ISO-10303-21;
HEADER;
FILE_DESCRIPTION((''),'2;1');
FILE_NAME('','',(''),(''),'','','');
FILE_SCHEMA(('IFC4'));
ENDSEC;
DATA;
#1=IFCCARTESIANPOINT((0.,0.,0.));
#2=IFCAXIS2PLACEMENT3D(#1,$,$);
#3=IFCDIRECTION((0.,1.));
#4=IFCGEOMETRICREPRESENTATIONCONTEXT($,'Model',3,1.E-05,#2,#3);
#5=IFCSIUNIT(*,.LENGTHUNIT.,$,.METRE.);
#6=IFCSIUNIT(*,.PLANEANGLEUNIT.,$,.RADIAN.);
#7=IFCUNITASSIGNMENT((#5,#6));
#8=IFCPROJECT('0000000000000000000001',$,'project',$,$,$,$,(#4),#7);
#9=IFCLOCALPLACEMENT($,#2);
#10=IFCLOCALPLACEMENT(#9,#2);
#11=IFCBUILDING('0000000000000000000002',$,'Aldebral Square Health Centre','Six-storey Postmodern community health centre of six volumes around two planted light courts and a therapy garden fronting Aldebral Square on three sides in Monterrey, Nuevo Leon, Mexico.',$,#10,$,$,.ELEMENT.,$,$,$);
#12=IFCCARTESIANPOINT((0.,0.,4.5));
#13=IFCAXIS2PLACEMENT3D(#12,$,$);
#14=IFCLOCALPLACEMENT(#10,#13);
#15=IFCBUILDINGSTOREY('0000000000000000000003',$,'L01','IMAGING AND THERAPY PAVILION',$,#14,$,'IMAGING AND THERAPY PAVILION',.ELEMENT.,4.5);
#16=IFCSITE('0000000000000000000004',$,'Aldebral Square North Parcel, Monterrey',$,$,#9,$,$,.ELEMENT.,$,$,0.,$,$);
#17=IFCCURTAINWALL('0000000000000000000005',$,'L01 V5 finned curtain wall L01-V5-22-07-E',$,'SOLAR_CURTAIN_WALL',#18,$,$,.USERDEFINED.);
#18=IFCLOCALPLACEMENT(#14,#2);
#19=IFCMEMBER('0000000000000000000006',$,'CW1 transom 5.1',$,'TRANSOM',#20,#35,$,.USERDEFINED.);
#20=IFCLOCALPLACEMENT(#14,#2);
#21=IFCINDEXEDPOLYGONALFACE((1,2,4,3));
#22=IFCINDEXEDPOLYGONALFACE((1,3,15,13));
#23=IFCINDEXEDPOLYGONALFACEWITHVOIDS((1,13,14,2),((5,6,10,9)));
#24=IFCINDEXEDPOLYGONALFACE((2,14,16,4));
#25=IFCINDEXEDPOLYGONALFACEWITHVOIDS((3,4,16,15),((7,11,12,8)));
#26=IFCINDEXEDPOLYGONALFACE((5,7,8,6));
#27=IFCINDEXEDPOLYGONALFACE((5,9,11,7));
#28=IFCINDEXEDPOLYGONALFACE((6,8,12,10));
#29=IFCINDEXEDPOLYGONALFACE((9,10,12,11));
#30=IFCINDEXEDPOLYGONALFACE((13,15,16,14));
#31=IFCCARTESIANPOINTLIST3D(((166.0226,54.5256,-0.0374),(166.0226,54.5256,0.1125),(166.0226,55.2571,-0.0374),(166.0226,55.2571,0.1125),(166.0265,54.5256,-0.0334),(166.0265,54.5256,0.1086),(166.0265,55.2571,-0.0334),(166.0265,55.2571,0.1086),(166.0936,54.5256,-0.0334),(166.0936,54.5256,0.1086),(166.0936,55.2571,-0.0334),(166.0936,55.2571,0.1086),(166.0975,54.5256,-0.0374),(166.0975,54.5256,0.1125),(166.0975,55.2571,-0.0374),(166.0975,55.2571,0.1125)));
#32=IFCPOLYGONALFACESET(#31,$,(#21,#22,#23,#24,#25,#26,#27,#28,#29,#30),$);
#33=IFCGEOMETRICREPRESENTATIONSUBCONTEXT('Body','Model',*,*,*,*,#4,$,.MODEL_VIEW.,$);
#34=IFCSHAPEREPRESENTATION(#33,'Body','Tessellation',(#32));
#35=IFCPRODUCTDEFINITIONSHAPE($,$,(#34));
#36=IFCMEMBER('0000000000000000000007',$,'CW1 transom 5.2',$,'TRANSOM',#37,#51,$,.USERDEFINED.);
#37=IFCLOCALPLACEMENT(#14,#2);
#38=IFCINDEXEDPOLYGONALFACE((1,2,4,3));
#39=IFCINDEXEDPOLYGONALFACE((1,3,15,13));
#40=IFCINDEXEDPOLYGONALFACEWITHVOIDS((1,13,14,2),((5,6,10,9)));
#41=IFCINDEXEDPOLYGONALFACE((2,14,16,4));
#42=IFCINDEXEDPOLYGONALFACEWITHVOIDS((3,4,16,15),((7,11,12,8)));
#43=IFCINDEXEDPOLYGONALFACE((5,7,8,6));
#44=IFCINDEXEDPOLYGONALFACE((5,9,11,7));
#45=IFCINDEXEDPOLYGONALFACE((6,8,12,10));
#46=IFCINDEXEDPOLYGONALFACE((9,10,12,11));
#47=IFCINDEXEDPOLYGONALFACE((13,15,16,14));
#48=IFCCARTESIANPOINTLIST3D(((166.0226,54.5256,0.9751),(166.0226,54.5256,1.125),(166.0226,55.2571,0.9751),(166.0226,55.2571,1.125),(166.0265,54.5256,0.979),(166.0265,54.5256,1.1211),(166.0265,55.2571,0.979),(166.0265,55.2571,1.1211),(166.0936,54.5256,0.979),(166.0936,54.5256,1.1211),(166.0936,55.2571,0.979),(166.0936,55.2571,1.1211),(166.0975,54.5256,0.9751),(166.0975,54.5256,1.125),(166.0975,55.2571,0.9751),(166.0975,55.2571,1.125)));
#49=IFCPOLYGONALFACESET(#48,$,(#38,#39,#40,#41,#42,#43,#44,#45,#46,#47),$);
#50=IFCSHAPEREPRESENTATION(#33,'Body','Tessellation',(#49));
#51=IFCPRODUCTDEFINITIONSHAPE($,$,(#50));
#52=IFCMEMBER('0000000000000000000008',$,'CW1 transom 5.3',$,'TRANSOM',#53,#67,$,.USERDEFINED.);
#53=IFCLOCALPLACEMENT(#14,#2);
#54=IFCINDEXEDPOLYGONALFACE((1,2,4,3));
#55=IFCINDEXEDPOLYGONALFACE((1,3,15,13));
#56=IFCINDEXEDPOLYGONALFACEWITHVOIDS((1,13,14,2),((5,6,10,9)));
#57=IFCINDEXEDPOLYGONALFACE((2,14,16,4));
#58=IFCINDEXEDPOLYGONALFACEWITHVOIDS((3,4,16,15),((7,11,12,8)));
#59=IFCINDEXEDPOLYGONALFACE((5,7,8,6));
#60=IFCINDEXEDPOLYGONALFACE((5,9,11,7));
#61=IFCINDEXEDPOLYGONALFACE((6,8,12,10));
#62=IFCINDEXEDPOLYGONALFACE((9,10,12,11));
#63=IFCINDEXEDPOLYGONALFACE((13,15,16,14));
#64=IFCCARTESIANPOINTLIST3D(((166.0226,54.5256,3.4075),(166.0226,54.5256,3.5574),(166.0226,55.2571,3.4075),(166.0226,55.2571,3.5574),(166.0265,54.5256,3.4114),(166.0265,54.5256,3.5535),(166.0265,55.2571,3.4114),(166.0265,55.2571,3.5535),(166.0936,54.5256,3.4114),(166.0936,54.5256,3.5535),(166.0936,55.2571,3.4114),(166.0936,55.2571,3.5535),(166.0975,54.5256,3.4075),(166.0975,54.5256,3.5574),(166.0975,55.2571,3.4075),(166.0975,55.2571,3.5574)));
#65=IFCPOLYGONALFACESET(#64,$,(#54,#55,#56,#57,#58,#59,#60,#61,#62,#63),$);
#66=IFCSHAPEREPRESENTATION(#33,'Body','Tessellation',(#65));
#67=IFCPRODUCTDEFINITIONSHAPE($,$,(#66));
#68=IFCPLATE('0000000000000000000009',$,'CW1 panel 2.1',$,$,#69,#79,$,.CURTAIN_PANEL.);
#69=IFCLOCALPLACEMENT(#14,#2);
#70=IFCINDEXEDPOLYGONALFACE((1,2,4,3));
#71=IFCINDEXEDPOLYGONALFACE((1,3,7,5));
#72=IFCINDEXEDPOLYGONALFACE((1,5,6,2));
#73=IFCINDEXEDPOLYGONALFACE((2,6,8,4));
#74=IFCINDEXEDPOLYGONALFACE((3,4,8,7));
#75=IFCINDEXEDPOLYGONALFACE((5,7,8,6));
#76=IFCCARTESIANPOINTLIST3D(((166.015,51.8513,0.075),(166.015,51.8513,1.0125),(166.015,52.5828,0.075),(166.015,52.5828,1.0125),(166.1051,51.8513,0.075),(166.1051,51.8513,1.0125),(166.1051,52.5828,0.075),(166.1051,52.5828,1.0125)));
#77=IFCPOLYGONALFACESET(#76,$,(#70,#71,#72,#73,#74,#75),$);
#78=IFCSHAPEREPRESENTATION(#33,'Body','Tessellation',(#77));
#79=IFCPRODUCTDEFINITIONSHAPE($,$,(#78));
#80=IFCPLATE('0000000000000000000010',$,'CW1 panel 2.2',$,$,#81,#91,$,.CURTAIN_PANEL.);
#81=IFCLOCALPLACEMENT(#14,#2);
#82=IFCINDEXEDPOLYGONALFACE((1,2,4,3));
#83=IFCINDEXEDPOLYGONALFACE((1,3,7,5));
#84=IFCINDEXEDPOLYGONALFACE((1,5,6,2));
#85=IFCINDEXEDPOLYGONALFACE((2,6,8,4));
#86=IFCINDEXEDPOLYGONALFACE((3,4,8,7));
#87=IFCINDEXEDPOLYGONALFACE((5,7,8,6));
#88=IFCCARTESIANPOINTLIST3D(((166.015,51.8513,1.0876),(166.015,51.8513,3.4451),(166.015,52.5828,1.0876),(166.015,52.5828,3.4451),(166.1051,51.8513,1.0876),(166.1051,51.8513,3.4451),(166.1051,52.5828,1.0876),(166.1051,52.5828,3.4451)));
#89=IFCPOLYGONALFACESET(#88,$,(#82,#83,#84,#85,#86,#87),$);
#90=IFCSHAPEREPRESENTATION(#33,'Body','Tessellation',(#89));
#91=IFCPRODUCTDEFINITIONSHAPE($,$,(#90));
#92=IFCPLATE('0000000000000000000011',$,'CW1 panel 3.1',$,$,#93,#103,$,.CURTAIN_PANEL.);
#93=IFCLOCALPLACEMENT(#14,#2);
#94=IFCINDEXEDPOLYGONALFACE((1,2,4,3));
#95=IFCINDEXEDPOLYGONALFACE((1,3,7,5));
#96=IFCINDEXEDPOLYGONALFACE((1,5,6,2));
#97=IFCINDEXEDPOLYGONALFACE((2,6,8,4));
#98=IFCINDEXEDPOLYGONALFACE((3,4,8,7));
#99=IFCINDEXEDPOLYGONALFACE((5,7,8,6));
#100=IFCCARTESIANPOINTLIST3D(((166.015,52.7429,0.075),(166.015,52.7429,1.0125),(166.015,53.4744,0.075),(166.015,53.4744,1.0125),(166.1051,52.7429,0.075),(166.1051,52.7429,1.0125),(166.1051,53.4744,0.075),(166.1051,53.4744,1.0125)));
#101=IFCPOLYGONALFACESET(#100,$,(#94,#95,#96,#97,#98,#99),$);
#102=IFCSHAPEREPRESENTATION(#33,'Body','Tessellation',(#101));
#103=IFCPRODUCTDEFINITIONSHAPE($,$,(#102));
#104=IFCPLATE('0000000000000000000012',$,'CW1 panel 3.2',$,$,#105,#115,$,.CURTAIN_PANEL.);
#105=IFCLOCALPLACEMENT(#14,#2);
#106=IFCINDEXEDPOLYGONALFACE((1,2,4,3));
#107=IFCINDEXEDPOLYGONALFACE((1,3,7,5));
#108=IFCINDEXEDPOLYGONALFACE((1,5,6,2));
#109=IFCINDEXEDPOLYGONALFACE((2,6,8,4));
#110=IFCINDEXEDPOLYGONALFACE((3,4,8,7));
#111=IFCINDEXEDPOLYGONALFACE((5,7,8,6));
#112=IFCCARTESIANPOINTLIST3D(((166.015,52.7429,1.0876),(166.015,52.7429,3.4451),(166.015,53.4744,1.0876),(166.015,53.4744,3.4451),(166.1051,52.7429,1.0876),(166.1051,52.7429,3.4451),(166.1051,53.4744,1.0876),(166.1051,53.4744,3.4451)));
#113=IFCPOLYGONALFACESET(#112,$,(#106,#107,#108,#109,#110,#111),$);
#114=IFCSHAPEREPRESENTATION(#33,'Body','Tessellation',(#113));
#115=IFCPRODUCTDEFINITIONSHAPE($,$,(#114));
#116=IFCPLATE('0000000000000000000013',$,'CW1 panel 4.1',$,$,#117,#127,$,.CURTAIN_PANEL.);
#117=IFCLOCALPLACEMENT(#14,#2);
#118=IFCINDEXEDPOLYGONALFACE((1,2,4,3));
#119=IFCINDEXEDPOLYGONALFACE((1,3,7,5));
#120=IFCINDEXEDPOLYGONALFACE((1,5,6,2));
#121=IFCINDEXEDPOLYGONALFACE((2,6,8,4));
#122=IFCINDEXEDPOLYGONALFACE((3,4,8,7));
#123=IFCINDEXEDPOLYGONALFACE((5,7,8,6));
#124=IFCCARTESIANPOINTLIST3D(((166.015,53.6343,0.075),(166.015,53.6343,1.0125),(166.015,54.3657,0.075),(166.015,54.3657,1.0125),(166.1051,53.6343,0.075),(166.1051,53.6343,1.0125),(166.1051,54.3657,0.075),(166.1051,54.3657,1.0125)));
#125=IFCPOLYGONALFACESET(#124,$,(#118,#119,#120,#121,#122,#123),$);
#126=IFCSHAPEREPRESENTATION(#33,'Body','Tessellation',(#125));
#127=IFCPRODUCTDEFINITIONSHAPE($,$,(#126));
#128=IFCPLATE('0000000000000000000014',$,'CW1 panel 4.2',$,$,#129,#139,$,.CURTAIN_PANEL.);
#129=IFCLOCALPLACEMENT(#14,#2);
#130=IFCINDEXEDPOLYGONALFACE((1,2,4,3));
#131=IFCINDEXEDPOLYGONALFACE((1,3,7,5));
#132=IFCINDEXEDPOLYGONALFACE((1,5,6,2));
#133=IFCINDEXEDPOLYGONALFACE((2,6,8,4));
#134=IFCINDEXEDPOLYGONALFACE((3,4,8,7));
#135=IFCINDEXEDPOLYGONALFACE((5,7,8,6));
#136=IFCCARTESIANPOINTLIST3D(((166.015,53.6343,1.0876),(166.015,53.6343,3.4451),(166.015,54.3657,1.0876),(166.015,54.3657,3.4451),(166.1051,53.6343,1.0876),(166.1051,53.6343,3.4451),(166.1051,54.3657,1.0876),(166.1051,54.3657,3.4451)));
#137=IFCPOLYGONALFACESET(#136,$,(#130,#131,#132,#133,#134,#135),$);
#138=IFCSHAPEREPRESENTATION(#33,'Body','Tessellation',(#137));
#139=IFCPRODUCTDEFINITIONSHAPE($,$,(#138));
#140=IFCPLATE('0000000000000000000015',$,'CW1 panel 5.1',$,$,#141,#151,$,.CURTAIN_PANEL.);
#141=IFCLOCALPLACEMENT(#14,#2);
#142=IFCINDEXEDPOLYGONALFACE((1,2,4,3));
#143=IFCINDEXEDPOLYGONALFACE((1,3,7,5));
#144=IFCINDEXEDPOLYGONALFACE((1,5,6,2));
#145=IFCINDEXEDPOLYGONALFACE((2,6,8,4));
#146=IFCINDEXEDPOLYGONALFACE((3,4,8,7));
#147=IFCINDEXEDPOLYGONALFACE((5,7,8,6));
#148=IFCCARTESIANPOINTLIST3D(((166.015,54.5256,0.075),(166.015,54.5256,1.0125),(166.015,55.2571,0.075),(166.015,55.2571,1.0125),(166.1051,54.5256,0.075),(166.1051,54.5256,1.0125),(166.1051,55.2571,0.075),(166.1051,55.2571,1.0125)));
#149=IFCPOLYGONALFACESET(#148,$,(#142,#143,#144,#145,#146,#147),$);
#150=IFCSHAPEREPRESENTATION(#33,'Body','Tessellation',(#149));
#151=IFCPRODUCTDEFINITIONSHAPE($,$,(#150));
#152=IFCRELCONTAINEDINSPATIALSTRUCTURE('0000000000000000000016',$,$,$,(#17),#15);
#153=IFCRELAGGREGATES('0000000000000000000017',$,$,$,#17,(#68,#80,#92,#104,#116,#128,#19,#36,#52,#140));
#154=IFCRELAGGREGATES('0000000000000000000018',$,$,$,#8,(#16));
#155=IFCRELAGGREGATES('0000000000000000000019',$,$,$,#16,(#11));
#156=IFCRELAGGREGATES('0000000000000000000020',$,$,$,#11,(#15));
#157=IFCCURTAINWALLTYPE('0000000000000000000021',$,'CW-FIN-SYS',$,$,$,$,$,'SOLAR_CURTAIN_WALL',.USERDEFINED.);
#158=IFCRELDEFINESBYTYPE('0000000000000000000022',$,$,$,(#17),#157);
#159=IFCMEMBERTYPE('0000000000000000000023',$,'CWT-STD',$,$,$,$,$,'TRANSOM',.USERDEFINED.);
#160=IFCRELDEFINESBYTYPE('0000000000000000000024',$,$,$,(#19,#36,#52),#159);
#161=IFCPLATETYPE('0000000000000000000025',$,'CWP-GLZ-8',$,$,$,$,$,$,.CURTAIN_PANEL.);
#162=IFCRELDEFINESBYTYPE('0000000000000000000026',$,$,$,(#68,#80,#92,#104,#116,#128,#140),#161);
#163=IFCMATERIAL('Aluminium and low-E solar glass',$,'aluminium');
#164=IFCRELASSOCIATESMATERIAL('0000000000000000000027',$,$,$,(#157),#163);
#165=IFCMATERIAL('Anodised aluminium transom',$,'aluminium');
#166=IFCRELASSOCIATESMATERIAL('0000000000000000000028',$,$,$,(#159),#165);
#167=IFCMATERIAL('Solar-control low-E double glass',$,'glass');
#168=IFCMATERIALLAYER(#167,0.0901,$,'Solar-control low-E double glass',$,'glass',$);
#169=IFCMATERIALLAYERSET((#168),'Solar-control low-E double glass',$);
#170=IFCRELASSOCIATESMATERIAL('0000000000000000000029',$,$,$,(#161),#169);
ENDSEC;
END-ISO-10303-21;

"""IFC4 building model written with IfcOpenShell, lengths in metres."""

from ifc_helpers import new_model, si_unit, direction, frame, origin, origin_2d, place, context, subcontext, project, spatial, rectangle, hollow_rectangle, extrude, material, layer, layer_set, material_profile, profile_set, type_object, element, aggregate, save


model = new_model("IFC4")

# Units and contexts
model_context = context("Model", 3, precision=1e-05, world=origin(), true_north=direction((0.0, 1.0)))
body_context = subcontext(model_context, "Body", "Model", "MODEL_VIEW")
ifc_project = project(units=[si_unit("LENGTHUNIT", "METRE"), si_unit("PLANEANGLEUNIT", "RADIAN")], contexts=[model_context])

# Site, building, storey
site_placement = place(None, origin())
site = spatial("IfcSite", under=ifc_project, at=site_placement, Name="Aldebral Square North Parcel, Monterrey", CompositionType="ELEMENT", RefElevation=0.0)
building_placement = place(site_placement, origin())
building = spatial("IfcBuilding", under=site, at=building_placement, Name="Aldebral Square Health Centre", Description="Six-storey Postmodern community health centre of six volumes around two planted light courts and a therapy garden fronting Aldebral Square on three sides in Monterrey, Nuevo Leon, Mexico.", CompositionType="ELEMENT")
storey_placement = place(building_placement, frame((0.0, 0.0, 4.5)))
storey = spatial("IfcBuildingStorey", under=building, at=storey_placement, Name="L01", Description="IMAGING AND THERAPY PAVILION", LongName="IMAGING AND THERAPY PAVILION", CompositionType="ELEMENT", Elevation=4.5)

# Curtain wall, members, plates
ifc_material_1 = material(Name="Aluminium and low-E solar glass", Category="aluminium")
curtain_wall_type = type_object("IfcCurtainWallType", Name="CW-FIN-SYS", ElementType="SOLAR_CURTAIN_WALL", PredefinedType="USERDEFINED", material=ifc_material_1)
curtain_wall_placement = place(storey_placement, origin())
curtain_wall = element("IfcCurtainWall", 1, at=curtain_wall_placement, inside=storey, type_object=curtain_wall_type, Name="L01 V5 finned curtain wall L01-V5-22-07-E", ObjectType="SOLAR_CURTAIN_WALL", PredefinedType="USERDEFINED")
ifc_material_2 = material(Name="Anodised aluminium transom", Category="aluminium")
ifc_material_profile_1 = material_profile(ifc_material_2, hollow_rectangle(XDim=0.075, YDim=0.1499, WallThickness=0.0039, at=origin_2d()), Name="CWT 75x150x4")
ifc_profile_set_1 = profile_set([ifc_material_profile_1], Name="Anodised aluminium transom")
member_type_1 = type_object("IfcMemberType", Name="CWT-STD", ElementType="TRANSOM", PredefinedType="USERDEFINED", material=ifc_profile_set_1)
member_1_placement = place(storey_placement, frame((166.0601, 54.5256, 0.0376), z_axis=(0.0, 1.0, 0.0), x_axis=(-1.0, 0.0, 0.0)))
member_1 = element("IfcMember", 2, at=member_1_placement, type_object=member_type_1, Name="CW1 transom 5.1", ObjectType="TRANSOM", PredefinedType="USERDEFINED", context=body_context, shape_type="SweptSolid", body=[
    extrude(hollow_rectangle(XDim=0.075, YDim=0.1499, WallThickness=0.0039, at=origin_2d()), origin(), (0.0, 0.0, 1.0), 0.7314),
])
member_2_placement = place(storey_placement, frame((166.0601, 54.5256, 1.05), z_axis=(0.0, 1.0, 0.0), x_axis=(-1.0, 0.0, 0.0)))
member_2 = element("IfcMember", 3, at=member_2_placement, type_object=member_type_1, Name="CW1 transom 5.2", ObjectType="TRANSOM", PredefinedType="USERDEFINED", context=body_context, shape_type="SweptSolid", body=[
    extrude(hollow_rectangle(XDim=0.075, YDim=0.1499, WallThickness=0.0039, at=origin_2d()), origin(), (0.0, 0.0, 1.0), 0.7314),
])
member_3_placement = place(storey_placement, frame((166.0601, 54.5256, 3.4824), z_axis=(0.0, 1.0, 0.0), x_axis=(-1.0, 0.0, 0.0)))
member_3 = element("IfcMember", 4, at=member_3_placement, type_object=member_type_1, Name="CW1 transom 5.3", ObjectType="TRANSOM", PredefinedType="USERDEFINED", context=body_context, shape_type="SweptSolid", body=[
    extrude(hollow_rectangle(XDim=0.075, YDim=0.1499, WallThickness=0.0039, at=origin_2d()), origin(), (0.0, 0.0, 1.0), 0.7314),
])
ifc_material_3 = material(Name="Solar-control low-E double glass", Category="glass")
ifc_layer = layer(ifc_material_3, 0.0901, Name="Solar-control low-E double glass", Category="glass")
ifc_layer_set = layer_set([ifc_layer], Name="Solar-control low-E double glass")
plate_type = type_object("IfcPlateType", Name="CWP-GLZ-8", PredefinedType="CURTAIN_PANEL", material=ifc_layer_set)
plate_1_placement = place(storey_placement, frame((166.0601, 52.217, 0.075), z_axis=(0.0, 0.0, 1.0), x_axis=(0.0, 1.0, 0.0)))
plate_1 = element("IfcPlate", 5, at=plate_1_placement, type_object=plate_type, Name="CW1 panel 2.1", PredefinedType="CURTAIN_PANEL", context=body_context, shape_type="SweptSolid", body=[
    extrude(rectangle(XDim=0.7314, YDim=0.0901, at=origin_2d()), origin(), (0.0, 0.0, 1.0), 0.9375),
])
plate_2_placement = place(storey_placement, frame((166.0601, 52.217, 1.0876), z_axis=(0.0, 0.0, 1.0), x_axis=(0.0, 1.0, 0.0)))
plate_2 = element("IfcPlate", 6, at=plate_2_placement, type_object=plate_type, Name="CW1 panel 2.2", PredefinedType="CURTAIN_PANEL", context=body_context, shape_type="SweptSolid", body=[
    extrude(rectangle(XDim=0.7314, YDim=0.0901, at=origin_2d()), origin(), (0.0, 0.0, 1.0), 2.3574),
])
plate_3_placement = place(storey_placement, frame((166.0601, 53.1086, 0.075), z_axis=(0.0, 0.0, 1.0), x_axis=(0.0, 1.0, 0.0)))
plate_3 = element("IfcPlate", 7, at=plate_3_placement, type_object=plate_type, Name="CW1 panel 3.1", PredefinedType="CURTAIN_PANEL", context=body_context, shape_type="SweptSolid", body=[
    extrude(rectangle(XDim=0.7314, YDim=0.0901, at=origin_2d()), origin(), (0.0, 0.0, 1.0), 0.9375),
])
plate_4_placement = place(storey_placement, frame((166.0601, 53.1086, 1.0876), z_axis=(0.0, 0.0, 1.0), x_axis=(0.0, 1.0, 0.0)))
plate_4 = element("IfcPlate", 8, at=plate_4_placement, type_object=plate_type, Name="CW1 panel 3.2", PredefinedType="CURTAIN_PANEL", context=body_context, shape_type="SweptSolid", body=[
    extrude(rectangle(XDim=0.7314, YDim=0.0901, at=origin_2d()), origin(), (0.0, 0.0, 1.0), 2.3574),
])
plate_5_placement = place(storey_placement, frame((166.0601, 54.0, 0.075), z_axis=(0.0, 0.0, 1.0), x_axis=(0.0, 1.0, 0.0)))
plate_5 = element("IfcPlate", 9, at=plate_5_placement, type_object=plate_type, Name="CW1 panel 4.1", PredefinedType="CURTAIN_PANEL", context=body_context, shape_type="SweptSolid", body=[
    extrude(rectangle(XDim=0.7314, YDim=0.0901, at=origin_2d()), origin(), (0.0, 0.0, 1.0), 0.9375),
])
plate_6_placement = place(storey_placement, frame((166.0601, 54.0, 1.0876), z_axis=(0.0, 0.0, 1.0), x_axis=(0.0, 1.0, 0.0)))
plate_6 = element("IfcPlate", 10, at=plate_6_placement, type_object=plate_type, Name="CW1 panel 4.2", PredefinedType="CURTAIN_PANEL", context=body_context, shape_type="SweptSolid", body=[
    extrude(rectangle(XDim=0.7314, YDim=0.0901, at=origin_2d()), origin(), (0.0, 0.0, 1.0), 2.3574),
])
plate_7_placement = place(storey_placement, frame((166.0601, 54.8914, 0.075), z_axis=(0.0, 0.0, 1.0), x_axis=(0.0, 1.0, 0.0)))
plate_7 = element("IfcPlate", 11, at=plate_7_placement, type_object=plate_type, Name="CW1 panel 5.1", PredefinedType="CURTAIN_PANEL", context=body_context, shape_type="SweptSolid", body=[
    extrude(rectangle(XDim=0.7314, YDim=0.0901, at=origin_2d()), origin(), (0.0, 0.0, 1.0), 0.9375),
])
aggregate(curtain_wall, [plate_1, plate_2, plate_3, plate_4, plate_5, plate_6, member_1, member_2, member_3, plate_7])

save(model, "model.ifc")
